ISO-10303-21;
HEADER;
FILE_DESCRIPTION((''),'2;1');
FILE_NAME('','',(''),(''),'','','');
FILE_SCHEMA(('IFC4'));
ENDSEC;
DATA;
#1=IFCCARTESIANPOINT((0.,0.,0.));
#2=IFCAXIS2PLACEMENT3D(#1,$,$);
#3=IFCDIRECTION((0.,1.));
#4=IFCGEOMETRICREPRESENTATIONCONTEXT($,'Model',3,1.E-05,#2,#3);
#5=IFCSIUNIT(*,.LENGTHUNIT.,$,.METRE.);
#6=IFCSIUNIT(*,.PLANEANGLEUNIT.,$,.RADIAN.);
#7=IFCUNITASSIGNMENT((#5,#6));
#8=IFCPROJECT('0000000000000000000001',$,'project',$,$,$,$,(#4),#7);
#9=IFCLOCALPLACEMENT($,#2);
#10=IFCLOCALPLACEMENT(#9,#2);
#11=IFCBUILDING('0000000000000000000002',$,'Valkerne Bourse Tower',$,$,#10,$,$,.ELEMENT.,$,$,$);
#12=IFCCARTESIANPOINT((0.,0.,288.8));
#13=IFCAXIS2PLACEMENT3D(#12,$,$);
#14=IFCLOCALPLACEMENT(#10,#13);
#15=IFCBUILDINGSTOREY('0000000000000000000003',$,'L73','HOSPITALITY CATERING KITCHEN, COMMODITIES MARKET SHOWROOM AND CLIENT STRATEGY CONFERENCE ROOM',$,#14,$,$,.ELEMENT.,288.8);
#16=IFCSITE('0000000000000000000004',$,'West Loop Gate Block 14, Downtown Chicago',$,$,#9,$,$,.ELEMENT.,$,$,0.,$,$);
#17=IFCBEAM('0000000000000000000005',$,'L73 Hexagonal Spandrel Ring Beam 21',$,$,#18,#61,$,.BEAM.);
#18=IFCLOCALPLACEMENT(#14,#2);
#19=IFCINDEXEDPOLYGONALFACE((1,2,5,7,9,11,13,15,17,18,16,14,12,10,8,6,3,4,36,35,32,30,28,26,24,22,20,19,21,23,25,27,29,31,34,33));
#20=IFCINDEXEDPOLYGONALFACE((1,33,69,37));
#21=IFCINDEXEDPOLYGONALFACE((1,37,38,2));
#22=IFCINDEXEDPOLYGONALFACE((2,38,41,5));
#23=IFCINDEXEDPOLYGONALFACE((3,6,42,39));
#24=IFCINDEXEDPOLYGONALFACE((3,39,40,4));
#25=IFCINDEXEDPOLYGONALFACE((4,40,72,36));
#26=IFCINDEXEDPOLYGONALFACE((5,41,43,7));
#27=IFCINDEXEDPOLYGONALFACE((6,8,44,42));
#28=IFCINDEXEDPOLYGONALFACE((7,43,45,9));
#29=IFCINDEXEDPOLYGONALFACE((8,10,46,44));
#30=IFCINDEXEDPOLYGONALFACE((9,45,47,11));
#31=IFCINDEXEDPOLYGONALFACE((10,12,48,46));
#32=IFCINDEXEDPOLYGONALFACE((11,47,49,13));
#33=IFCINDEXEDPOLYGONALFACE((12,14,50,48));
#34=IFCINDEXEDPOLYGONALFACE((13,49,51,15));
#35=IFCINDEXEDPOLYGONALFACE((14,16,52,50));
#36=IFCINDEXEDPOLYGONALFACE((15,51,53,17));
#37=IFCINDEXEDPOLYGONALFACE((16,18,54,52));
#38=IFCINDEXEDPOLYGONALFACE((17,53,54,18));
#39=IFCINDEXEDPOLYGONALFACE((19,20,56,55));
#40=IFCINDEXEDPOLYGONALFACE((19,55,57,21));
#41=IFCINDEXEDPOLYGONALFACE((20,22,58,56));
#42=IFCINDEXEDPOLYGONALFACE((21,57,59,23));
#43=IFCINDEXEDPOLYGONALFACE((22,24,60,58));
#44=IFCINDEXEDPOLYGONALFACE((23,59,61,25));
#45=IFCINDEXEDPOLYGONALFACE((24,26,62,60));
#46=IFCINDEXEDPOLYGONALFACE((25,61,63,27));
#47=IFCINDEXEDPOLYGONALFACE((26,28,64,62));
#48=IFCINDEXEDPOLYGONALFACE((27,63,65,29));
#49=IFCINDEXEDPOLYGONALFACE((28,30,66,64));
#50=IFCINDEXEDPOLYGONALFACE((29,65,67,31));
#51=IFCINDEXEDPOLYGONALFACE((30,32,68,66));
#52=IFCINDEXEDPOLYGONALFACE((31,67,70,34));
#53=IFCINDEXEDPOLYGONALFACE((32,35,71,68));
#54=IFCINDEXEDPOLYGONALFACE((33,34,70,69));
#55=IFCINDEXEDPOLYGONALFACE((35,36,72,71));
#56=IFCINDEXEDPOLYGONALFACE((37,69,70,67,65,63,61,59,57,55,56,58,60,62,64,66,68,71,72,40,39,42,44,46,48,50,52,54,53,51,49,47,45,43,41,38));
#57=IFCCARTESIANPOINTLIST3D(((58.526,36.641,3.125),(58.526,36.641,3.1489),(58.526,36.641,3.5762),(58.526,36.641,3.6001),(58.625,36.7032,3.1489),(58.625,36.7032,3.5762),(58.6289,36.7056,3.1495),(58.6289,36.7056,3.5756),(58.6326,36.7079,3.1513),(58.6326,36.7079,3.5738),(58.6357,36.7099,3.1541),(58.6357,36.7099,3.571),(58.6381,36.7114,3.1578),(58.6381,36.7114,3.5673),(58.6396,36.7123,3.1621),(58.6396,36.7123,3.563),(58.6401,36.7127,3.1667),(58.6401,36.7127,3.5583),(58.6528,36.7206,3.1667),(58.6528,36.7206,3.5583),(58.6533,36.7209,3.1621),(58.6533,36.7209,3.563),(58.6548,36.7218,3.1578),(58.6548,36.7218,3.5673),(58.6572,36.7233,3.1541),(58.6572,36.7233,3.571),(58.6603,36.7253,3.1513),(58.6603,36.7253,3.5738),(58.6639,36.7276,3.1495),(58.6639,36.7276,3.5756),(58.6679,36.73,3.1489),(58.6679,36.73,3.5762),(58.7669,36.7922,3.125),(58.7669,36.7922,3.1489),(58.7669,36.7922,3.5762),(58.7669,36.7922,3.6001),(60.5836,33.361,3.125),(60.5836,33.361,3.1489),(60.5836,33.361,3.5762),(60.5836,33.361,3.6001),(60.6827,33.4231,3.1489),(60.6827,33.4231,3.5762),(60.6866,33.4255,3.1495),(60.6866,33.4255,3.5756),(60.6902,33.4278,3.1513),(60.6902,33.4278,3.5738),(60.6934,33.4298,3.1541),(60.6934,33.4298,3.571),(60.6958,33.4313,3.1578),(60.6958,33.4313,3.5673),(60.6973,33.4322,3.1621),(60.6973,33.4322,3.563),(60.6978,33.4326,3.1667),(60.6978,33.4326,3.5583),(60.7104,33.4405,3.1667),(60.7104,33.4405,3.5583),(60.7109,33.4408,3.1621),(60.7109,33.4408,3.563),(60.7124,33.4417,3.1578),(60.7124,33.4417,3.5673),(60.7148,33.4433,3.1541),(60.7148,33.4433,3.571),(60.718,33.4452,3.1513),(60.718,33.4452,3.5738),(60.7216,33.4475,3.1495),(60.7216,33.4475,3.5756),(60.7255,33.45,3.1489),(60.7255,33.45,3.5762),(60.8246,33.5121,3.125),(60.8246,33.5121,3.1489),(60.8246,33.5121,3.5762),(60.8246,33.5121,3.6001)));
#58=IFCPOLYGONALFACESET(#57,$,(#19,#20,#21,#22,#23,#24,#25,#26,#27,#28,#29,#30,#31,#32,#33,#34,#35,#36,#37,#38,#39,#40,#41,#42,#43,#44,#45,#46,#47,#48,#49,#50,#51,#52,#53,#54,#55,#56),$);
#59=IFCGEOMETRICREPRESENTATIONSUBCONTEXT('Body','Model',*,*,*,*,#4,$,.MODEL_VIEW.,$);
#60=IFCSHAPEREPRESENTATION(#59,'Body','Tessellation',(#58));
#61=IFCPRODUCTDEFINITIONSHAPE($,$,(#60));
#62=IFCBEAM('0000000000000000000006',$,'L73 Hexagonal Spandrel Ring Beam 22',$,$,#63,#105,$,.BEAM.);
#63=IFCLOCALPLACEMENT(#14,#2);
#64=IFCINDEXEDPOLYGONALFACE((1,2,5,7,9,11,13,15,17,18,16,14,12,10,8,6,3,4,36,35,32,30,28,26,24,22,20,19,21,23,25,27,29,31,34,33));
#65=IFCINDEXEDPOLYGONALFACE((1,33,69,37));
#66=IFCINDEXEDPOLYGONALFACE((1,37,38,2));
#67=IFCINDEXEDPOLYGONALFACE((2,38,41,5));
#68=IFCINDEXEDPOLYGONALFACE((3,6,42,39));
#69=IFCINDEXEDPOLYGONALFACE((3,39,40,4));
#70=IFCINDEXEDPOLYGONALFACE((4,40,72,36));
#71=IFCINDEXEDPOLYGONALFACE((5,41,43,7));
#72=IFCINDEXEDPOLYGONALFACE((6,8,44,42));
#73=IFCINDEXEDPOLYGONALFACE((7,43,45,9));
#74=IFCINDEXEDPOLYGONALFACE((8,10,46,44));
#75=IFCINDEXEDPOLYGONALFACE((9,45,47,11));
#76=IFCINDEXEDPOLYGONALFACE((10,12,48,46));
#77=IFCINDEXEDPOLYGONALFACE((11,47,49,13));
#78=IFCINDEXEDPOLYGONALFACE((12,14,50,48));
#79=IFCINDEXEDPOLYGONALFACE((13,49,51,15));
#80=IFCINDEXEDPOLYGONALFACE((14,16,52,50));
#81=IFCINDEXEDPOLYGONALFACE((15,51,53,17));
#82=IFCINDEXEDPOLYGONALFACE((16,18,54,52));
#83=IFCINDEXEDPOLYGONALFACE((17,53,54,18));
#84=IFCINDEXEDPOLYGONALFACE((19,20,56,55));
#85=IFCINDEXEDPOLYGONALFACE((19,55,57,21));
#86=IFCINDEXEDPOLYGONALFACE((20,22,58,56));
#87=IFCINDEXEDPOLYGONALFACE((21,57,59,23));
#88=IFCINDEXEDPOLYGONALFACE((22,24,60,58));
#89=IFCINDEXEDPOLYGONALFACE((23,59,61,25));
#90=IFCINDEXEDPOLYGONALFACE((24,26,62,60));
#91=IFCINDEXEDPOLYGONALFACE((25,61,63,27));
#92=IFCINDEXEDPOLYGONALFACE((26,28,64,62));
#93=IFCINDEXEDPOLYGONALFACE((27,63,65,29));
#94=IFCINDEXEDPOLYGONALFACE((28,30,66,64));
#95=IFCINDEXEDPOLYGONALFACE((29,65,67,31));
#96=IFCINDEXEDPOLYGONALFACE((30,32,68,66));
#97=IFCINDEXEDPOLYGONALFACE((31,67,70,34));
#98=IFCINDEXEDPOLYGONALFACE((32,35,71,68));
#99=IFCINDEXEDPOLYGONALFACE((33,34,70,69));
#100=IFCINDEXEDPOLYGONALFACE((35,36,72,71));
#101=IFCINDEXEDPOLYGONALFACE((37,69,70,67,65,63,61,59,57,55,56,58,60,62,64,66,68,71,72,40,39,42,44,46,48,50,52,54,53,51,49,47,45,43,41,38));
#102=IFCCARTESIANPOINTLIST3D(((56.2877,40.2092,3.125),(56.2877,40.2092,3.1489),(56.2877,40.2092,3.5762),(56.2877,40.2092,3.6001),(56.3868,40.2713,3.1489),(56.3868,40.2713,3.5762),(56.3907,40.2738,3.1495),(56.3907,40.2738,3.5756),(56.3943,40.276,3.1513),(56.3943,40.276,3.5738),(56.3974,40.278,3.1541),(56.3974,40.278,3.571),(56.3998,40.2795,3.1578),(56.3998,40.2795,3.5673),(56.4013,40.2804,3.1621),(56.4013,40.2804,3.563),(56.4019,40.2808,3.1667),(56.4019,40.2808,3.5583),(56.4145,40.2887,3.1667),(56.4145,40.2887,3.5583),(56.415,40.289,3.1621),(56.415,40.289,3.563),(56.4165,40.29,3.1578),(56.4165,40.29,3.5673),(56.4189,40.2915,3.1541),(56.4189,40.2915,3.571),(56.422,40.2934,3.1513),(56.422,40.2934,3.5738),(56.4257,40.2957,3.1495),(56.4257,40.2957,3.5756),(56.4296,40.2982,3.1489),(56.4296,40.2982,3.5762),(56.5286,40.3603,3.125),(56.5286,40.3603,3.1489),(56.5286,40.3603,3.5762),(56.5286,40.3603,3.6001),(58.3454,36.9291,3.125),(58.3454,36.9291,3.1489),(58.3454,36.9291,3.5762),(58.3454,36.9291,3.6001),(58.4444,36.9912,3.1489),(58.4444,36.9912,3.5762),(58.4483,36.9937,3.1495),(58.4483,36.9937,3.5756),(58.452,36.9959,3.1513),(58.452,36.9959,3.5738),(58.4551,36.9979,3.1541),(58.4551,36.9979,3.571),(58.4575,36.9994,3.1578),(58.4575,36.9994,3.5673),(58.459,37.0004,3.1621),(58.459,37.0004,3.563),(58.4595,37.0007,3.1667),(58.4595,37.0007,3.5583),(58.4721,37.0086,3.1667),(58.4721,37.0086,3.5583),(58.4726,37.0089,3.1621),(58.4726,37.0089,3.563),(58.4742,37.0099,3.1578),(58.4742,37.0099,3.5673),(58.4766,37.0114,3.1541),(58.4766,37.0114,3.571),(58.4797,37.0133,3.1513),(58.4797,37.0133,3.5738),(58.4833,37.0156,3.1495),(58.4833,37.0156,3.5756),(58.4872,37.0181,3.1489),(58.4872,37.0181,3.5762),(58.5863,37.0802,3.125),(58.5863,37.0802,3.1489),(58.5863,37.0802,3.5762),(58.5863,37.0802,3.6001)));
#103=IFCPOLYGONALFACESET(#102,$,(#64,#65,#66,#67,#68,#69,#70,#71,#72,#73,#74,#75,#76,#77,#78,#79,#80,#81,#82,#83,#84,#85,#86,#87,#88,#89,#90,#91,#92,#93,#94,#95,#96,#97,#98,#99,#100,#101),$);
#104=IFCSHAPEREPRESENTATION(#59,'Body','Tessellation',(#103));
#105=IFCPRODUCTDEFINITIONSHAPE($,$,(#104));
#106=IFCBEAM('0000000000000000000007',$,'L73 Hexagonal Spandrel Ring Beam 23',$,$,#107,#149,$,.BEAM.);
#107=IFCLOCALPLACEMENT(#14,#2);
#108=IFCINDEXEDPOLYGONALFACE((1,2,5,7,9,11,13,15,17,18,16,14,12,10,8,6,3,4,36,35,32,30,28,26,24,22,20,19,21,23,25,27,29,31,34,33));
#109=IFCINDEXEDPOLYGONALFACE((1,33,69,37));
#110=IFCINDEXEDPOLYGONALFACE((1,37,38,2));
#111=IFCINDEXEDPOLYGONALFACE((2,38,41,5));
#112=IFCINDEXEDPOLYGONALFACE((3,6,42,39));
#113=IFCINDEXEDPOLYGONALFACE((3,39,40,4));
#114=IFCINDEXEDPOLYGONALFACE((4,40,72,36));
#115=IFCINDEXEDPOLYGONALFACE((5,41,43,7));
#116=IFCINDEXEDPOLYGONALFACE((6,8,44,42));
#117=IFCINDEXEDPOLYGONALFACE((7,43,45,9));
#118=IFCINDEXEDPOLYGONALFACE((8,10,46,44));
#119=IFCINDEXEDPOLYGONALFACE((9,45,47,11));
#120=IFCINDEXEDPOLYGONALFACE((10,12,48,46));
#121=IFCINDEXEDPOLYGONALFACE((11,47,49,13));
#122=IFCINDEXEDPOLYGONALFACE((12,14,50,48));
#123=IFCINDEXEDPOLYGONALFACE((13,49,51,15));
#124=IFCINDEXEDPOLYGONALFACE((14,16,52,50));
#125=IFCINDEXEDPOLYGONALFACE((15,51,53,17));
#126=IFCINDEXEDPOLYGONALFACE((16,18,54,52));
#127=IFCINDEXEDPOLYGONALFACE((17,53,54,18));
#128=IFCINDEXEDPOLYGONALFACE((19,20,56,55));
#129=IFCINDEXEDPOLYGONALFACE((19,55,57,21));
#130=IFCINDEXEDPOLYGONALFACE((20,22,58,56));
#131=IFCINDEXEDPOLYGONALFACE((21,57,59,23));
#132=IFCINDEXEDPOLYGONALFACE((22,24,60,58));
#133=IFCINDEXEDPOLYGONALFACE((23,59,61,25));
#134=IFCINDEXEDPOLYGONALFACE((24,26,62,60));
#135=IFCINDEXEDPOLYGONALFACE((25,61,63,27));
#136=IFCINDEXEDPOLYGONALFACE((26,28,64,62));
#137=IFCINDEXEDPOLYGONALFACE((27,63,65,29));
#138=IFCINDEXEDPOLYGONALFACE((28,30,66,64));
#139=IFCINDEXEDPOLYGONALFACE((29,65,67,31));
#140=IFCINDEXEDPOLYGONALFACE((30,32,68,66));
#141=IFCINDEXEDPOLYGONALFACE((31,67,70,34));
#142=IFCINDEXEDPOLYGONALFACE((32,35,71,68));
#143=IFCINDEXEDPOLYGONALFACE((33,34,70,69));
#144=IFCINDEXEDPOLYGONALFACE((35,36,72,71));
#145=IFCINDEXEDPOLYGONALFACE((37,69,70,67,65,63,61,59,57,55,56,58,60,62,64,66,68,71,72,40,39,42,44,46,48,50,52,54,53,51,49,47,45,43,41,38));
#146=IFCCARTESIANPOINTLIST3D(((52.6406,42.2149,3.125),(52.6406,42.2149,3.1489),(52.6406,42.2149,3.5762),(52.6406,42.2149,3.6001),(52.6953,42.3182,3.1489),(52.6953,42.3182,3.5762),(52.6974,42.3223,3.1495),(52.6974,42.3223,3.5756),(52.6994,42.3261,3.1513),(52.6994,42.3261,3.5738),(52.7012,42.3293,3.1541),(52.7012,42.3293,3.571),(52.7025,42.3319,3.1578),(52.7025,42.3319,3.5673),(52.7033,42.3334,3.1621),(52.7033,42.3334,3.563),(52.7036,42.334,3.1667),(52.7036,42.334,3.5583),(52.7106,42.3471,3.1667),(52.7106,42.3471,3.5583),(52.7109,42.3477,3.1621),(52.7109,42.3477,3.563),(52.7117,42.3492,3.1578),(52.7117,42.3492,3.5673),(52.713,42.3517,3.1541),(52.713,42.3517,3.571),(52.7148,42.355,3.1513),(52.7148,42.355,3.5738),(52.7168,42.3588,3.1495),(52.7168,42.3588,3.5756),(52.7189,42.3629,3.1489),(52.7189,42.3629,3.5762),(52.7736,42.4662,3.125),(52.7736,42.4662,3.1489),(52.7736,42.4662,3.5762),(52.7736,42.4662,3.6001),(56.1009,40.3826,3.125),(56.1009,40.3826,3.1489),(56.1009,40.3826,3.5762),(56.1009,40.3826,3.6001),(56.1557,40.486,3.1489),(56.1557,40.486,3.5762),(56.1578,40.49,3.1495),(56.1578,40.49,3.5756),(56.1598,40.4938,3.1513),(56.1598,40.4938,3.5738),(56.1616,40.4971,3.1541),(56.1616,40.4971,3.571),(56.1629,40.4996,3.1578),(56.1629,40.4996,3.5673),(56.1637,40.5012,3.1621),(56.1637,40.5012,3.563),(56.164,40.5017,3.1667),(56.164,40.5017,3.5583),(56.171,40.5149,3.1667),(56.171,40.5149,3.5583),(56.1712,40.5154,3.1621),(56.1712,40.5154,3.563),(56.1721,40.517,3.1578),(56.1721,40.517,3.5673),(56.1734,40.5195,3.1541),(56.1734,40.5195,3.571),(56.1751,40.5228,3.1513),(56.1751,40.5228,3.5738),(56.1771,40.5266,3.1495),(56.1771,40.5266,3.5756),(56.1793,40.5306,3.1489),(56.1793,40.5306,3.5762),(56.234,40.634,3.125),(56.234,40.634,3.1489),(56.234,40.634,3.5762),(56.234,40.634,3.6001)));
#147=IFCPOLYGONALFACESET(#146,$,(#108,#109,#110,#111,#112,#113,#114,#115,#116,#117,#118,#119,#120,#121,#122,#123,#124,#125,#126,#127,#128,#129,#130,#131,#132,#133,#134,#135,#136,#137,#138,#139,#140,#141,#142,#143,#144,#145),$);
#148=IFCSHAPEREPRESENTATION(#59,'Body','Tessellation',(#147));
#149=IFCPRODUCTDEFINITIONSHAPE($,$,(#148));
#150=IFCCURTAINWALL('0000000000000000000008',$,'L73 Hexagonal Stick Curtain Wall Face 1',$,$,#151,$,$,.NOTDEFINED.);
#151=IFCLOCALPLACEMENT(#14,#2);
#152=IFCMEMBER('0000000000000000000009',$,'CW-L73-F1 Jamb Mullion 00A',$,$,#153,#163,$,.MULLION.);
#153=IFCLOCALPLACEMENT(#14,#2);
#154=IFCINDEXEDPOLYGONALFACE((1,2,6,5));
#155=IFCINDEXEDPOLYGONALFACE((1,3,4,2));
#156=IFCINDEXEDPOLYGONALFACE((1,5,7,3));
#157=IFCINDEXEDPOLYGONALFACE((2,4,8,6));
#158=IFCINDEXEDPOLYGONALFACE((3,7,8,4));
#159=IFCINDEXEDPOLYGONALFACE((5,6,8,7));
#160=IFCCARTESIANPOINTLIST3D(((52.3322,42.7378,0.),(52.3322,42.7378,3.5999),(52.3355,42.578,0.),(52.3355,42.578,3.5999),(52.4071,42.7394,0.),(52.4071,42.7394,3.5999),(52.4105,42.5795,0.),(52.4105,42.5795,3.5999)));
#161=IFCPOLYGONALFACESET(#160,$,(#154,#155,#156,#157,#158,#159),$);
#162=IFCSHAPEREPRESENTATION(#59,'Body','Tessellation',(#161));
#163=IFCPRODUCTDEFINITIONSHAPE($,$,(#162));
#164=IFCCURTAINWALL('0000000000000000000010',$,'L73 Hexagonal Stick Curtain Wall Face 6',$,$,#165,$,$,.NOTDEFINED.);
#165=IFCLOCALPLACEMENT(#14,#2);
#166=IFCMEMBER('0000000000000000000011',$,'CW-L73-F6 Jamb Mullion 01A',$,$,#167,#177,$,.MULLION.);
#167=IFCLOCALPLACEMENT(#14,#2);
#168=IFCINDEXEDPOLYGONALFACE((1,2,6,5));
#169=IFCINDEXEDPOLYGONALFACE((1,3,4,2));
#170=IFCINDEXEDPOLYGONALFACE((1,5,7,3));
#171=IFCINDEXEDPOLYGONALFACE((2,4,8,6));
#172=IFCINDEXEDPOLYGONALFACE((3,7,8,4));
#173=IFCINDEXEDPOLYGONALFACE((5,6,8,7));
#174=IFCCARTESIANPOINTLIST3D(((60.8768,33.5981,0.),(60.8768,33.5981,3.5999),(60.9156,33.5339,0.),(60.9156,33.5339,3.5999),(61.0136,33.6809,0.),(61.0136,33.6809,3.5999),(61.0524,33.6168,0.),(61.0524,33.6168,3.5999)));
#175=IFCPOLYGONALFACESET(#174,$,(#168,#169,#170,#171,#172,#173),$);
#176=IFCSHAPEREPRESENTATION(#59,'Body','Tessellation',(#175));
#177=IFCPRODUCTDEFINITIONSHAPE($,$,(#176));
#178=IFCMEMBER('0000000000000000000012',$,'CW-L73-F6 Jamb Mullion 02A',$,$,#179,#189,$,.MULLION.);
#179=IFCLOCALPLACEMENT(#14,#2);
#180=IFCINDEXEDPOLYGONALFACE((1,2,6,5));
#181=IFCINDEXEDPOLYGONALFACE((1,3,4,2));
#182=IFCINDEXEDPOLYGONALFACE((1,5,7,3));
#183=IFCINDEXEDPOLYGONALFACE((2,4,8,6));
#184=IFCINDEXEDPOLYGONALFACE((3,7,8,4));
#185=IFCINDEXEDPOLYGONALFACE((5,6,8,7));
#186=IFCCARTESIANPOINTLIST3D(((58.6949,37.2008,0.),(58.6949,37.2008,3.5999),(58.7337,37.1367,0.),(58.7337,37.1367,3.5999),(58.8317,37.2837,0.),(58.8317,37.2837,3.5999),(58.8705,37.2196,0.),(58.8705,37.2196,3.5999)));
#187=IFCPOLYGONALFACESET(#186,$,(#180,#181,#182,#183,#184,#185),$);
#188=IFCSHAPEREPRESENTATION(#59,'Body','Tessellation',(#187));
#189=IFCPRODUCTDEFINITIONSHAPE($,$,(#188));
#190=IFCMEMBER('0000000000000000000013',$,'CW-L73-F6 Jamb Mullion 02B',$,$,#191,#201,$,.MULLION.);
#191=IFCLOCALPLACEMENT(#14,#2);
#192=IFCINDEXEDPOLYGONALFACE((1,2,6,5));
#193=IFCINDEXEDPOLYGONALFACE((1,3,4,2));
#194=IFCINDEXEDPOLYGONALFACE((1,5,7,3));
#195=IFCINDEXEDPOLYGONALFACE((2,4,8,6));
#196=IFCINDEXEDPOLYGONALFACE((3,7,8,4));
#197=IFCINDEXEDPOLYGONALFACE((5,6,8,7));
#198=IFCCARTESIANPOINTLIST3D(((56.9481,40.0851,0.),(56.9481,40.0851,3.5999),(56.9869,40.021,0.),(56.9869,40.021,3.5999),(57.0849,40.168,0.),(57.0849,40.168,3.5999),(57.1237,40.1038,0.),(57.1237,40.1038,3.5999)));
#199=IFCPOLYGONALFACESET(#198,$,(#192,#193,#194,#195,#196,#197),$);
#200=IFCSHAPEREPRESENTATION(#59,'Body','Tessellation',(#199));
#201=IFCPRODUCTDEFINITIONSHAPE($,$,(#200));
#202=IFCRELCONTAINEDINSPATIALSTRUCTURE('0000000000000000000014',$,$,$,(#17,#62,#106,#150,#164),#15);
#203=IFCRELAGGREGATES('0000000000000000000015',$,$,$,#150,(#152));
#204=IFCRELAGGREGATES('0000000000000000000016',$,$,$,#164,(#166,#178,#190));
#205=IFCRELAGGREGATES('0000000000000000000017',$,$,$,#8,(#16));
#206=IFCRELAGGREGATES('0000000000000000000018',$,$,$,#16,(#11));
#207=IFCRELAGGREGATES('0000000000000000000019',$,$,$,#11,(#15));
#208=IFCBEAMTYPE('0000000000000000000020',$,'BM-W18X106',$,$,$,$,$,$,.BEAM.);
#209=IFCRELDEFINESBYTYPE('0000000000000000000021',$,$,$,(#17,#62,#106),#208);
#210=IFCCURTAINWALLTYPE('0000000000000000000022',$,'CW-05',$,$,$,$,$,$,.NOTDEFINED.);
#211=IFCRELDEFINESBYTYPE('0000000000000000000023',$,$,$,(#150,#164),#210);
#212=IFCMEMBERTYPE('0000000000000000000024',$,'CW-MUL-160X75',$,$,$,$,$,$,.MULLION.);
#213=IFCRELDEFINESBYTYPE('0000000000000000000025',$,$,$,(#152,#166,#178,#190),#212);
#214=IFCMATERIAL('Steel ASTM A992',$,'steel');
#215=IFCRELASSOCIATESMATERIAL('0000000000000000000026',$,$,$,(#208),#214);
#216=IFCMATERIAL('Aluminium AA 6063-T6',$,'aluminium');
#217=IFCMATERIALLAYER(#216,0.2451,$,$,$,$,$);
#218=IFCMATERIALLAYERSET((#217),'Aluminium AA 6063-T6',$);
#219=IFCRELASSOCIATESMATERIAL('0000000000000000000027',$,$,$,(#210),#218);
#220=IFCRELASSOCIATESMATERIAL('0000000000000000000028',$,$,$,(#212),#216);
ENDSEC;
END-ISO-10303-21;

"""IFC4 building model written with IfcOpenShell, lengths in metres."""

from ifc_helpers import new_model, si_unit, direction, frame, origin, origin_2d, place, context, subcontext, project, spatial, rectangle, i_section, extrude, material, layer, layer_set, material_profile, profile_set, type_object, element, aggregate, save


model = new_model("IFC4")

# Units and contexts
model_context = context("Model", 3, precision=1e-05, world=origin(), true_north=direction((0.0, 1.0)))
body_context = subcontext(model_context, "Body", "Model", "MODEL_VIEW")
ifc_project = project(units=[si_unit("LENGTHUNIT", "METRE"), si_unit("PLANEANGLEUNIT", "RADIAN")], contexts=[model_context])

# Site, building, storey
site_placement = place(None, origin())
site = spatial("IfcSite", under=ifc_project, at=site_placement, Name="West Loop Gate Block 14, Downtown Chicago", CompositionType="ELEMENT", RefElevation=0.0)
building_placement = place(site_placement, origin())
building = spatial("IfcBuilding", under=site, at=building_placement, Name="Valkerne Bourse Tower", CompositionType="ELEMENT")
storey_placement = place(building_placement, frame((0.0, 0.0, 288.8)))
storey = spatial("IfcBuildingStorey", under=building, at=storey_placement, Name="L73", Description="HOSPITALITY CATERING KITCHEN, COMMODITIES MARKET SHOWROOM AND CLIENT STRATEGY CONFERENCE ROOM", CompositionType="ELEMENT", Elevation=288.8)

# Beams
ifc_material_1 = material(Name="Steel ASTM A992", Category="steel")
ifc_material_profile_1 = material_profile(ifc_material_1, i_section(OverallWidth=0.2844, OverallDepth=0.4751, WebThickness=0.0149, FlangeThickness=0.0239, FilletRadius=0.0178, at=origin_2d()), Name="W18X106")
ifc_profile_set_1 = profile_set([ifc_material_profile_1], Name="Steel ASTM A992")
beam_type = type_object("IfcBeamType", Name="BM-W18X106", PredefinedType="BEAM", material=ifc_profile_set_1)
for number, where, z_axis, x_axis, name in (
    (1, (60.7041, 33.4365, 3.3625), (-0.531409, 0.847115, 0.0), (-0.847115, -0.531409, 0.0), "L73 Hexagonal Spandrel Ring Beam 21"),
    (2, (58.4658, 37.0046, 3.3625), (-0.531409, 0.847115, 0.0), (-0.847115, -0.531409, 0.0), "L73 Hexagonal Spandrel Ring Beam 22"),
):
    element("IfcBeam", number, at=place(storey_placement, frame(where, z_axis=z_axis, x_axis=x_axis)), inside=storey, type_object=beam_type, Name=name, PredefinedType="BEAM", context=body_context, shape_type="SweptSolid", body=[
        extrude(i_section(OverallWidth=0.2844, OverallDepth=0.4751, WebThickness=0.0149, FlangeThickness=0.0239, FilletRadius=0.0178, at=origin_2d()), origin(), (0.0, 0.0, 1.0), 3.8721),
    ])
beam_placement = place(storey_placement, frame((56.1675, 40.5083, 3.3625), z_axis=(-0.883759, 0.467942, 0.0), x_axis=(-0.467942, -0.883759, 0.0)))
element("IfcBeam", 3, at=beam_placement, inside=storey, type_object=beam_type, Name="L73 Hexagonal Spandrel Ring Beam 23", PredefinedType="BEAM", context=body_context, shape_type="SweptSolid", body=[
    extrude(i_section(OverallWidth=0.2844, OverallDepth=0.4751, WebThickness=0.0149, FlangeThickness=0.0239, FilletRadius=0.0178, at=origin_2d()), origin(), (0.0, 0.0, 1.0), 3.9155),
])

# Curtain wall, member
ifc_material_2 = material(Name="Aluminium AA 6063-T6", Category="aluminium")
ifc_layer_1 = layer(ifc_material_2, 0.2451)
ifc_layer_set_1 = layer_set([ifc_layer_1], Name="Aluminium AA 6063-T6")
curtain_wall_type = type_object("IfcCurtainWallType", Name="CW-05", PredefinedType="NOTDEFINED", material=ifc_layer_set_1)
curtain_wall_1_placement = place(storey_placement, origin())
curtain_wall_1 = element("IfcCurtainWall", 4, at=curtain_wall_1_placement, inside=storey, type_object=curtain_wall_type, Name="L73 Hexagonal Stick Curtain Wall Face 1", PredefinedType="NOTDEFINED")
ifc_material_profile_2 = material_profile(ifc_material_2, rectangle(XDim=0.075, YDim=0.1599, at=origin_2d()), Name="CWM-75X160")
ifc_profile_set_2 = profile_set([ifc_material_profile_2], Name="Aluminium AA 6063-T6")
member_type_1 = type_object("IfcMemberType", Name="CW-MUL-160X75", PredefinedType="MULLION", material=ifc_profile_set_2)
member_1_placement = place(storey_placement, frame((52.3713, 42.6587, 0.0), z_axis=(0.0, 0.0, 1.0), x_axis=(-0.999781, -0.02094, 0.0)))
member_1 = element("IfcMember", 5, at=member_1_placement, type_object=member_type_1, Name="CW-L73-F1 Jamb Mullion 00A", PredefinedType="MULLION", context=body_context, shape_type="SweptSolid", body=[
    extrude(rectangle(XDim=0.075, YDim=0.1599, at=origin_2d()), origin(), (0.0, 0.0, 1.0), 3.5999),
])

# Curtain wall, members
curtain_wall_2_placement = place(storey_placement, origin())
curtain_wall_2 = element("IfcCurtainWall", 6, at=curtain_wall_2_placement, inside=storey, type_object=curtain_wall_type, Name="L73 Hexagonal Stick Curtain Wall Face 6", PredefinedType="NOTDEFINED")
member_2_placement = place(storey_placement, frame((60.9646, 33.6074, 0.0), z_axis=(0.0, 0.0, 1.0), x_axis=(-0.518021, 0.855368, 0.0)))
member_2 = element("IfcMember", 7, at=member_2_placement, type_object=member_type_1, Name="CW-L73-F6 Jamb Mullion 01A", PredefinedType="MULLION", context=body_context, shape_type="SweptSolid", body=[
    extrude(rectangle(XDim=0.075, YDim=0.1599, at=origin_2d()), origin(), (0.0, 0.0, 1.0), 3.5999),
])
member_3_placement = place(storey_placement, frame((58.7827, 37.2102, 0.0), z_axis=(0.0, 0.0, 1.0), x_axis=(-0.518021, 0.855368, 0.0)))
member_3 = element("IfcMember", 8, at=member_3_placement, type_object=member_type_1, Name="CW-L73-F6 Jamb Mullion 02A", PredefinedType="MULLION", context=body_context, shape_type="SweptSolid", body=[
    extrude(rectangle(XDim=0.075, YDim=0.1599, at=origin_2d()), origin(), (0.0, 0.0, 1.0), 3.5999),
])
member_4_placement = place(storey_placement, frame((57.0359, 40.0945, 0.0), z_axis=(0.0, 0.0, 1.0), x_axis=(-0.518021, 0.855368, 0.0)))
member_4 = element("IfcMember", 9, at=member_4_placement, type_object=member_type_1, Name="CW-L73-F6 Jamb Mullion 02B", PredefinedType="MULLION", context=body_context, shape_type="SweptSolid", body=[
    extrude(rectangle(XDim=0.075, YDim=0.1599, at=origin_2d()), origin(), (0.0, 0.0, 1.0), 3.5999),
])

aggregate(curtain_wall_1, [member_1])

aggregate(curtain_wall_2, [member_2, member_3, member_4])

save(model, "model.ifc")
